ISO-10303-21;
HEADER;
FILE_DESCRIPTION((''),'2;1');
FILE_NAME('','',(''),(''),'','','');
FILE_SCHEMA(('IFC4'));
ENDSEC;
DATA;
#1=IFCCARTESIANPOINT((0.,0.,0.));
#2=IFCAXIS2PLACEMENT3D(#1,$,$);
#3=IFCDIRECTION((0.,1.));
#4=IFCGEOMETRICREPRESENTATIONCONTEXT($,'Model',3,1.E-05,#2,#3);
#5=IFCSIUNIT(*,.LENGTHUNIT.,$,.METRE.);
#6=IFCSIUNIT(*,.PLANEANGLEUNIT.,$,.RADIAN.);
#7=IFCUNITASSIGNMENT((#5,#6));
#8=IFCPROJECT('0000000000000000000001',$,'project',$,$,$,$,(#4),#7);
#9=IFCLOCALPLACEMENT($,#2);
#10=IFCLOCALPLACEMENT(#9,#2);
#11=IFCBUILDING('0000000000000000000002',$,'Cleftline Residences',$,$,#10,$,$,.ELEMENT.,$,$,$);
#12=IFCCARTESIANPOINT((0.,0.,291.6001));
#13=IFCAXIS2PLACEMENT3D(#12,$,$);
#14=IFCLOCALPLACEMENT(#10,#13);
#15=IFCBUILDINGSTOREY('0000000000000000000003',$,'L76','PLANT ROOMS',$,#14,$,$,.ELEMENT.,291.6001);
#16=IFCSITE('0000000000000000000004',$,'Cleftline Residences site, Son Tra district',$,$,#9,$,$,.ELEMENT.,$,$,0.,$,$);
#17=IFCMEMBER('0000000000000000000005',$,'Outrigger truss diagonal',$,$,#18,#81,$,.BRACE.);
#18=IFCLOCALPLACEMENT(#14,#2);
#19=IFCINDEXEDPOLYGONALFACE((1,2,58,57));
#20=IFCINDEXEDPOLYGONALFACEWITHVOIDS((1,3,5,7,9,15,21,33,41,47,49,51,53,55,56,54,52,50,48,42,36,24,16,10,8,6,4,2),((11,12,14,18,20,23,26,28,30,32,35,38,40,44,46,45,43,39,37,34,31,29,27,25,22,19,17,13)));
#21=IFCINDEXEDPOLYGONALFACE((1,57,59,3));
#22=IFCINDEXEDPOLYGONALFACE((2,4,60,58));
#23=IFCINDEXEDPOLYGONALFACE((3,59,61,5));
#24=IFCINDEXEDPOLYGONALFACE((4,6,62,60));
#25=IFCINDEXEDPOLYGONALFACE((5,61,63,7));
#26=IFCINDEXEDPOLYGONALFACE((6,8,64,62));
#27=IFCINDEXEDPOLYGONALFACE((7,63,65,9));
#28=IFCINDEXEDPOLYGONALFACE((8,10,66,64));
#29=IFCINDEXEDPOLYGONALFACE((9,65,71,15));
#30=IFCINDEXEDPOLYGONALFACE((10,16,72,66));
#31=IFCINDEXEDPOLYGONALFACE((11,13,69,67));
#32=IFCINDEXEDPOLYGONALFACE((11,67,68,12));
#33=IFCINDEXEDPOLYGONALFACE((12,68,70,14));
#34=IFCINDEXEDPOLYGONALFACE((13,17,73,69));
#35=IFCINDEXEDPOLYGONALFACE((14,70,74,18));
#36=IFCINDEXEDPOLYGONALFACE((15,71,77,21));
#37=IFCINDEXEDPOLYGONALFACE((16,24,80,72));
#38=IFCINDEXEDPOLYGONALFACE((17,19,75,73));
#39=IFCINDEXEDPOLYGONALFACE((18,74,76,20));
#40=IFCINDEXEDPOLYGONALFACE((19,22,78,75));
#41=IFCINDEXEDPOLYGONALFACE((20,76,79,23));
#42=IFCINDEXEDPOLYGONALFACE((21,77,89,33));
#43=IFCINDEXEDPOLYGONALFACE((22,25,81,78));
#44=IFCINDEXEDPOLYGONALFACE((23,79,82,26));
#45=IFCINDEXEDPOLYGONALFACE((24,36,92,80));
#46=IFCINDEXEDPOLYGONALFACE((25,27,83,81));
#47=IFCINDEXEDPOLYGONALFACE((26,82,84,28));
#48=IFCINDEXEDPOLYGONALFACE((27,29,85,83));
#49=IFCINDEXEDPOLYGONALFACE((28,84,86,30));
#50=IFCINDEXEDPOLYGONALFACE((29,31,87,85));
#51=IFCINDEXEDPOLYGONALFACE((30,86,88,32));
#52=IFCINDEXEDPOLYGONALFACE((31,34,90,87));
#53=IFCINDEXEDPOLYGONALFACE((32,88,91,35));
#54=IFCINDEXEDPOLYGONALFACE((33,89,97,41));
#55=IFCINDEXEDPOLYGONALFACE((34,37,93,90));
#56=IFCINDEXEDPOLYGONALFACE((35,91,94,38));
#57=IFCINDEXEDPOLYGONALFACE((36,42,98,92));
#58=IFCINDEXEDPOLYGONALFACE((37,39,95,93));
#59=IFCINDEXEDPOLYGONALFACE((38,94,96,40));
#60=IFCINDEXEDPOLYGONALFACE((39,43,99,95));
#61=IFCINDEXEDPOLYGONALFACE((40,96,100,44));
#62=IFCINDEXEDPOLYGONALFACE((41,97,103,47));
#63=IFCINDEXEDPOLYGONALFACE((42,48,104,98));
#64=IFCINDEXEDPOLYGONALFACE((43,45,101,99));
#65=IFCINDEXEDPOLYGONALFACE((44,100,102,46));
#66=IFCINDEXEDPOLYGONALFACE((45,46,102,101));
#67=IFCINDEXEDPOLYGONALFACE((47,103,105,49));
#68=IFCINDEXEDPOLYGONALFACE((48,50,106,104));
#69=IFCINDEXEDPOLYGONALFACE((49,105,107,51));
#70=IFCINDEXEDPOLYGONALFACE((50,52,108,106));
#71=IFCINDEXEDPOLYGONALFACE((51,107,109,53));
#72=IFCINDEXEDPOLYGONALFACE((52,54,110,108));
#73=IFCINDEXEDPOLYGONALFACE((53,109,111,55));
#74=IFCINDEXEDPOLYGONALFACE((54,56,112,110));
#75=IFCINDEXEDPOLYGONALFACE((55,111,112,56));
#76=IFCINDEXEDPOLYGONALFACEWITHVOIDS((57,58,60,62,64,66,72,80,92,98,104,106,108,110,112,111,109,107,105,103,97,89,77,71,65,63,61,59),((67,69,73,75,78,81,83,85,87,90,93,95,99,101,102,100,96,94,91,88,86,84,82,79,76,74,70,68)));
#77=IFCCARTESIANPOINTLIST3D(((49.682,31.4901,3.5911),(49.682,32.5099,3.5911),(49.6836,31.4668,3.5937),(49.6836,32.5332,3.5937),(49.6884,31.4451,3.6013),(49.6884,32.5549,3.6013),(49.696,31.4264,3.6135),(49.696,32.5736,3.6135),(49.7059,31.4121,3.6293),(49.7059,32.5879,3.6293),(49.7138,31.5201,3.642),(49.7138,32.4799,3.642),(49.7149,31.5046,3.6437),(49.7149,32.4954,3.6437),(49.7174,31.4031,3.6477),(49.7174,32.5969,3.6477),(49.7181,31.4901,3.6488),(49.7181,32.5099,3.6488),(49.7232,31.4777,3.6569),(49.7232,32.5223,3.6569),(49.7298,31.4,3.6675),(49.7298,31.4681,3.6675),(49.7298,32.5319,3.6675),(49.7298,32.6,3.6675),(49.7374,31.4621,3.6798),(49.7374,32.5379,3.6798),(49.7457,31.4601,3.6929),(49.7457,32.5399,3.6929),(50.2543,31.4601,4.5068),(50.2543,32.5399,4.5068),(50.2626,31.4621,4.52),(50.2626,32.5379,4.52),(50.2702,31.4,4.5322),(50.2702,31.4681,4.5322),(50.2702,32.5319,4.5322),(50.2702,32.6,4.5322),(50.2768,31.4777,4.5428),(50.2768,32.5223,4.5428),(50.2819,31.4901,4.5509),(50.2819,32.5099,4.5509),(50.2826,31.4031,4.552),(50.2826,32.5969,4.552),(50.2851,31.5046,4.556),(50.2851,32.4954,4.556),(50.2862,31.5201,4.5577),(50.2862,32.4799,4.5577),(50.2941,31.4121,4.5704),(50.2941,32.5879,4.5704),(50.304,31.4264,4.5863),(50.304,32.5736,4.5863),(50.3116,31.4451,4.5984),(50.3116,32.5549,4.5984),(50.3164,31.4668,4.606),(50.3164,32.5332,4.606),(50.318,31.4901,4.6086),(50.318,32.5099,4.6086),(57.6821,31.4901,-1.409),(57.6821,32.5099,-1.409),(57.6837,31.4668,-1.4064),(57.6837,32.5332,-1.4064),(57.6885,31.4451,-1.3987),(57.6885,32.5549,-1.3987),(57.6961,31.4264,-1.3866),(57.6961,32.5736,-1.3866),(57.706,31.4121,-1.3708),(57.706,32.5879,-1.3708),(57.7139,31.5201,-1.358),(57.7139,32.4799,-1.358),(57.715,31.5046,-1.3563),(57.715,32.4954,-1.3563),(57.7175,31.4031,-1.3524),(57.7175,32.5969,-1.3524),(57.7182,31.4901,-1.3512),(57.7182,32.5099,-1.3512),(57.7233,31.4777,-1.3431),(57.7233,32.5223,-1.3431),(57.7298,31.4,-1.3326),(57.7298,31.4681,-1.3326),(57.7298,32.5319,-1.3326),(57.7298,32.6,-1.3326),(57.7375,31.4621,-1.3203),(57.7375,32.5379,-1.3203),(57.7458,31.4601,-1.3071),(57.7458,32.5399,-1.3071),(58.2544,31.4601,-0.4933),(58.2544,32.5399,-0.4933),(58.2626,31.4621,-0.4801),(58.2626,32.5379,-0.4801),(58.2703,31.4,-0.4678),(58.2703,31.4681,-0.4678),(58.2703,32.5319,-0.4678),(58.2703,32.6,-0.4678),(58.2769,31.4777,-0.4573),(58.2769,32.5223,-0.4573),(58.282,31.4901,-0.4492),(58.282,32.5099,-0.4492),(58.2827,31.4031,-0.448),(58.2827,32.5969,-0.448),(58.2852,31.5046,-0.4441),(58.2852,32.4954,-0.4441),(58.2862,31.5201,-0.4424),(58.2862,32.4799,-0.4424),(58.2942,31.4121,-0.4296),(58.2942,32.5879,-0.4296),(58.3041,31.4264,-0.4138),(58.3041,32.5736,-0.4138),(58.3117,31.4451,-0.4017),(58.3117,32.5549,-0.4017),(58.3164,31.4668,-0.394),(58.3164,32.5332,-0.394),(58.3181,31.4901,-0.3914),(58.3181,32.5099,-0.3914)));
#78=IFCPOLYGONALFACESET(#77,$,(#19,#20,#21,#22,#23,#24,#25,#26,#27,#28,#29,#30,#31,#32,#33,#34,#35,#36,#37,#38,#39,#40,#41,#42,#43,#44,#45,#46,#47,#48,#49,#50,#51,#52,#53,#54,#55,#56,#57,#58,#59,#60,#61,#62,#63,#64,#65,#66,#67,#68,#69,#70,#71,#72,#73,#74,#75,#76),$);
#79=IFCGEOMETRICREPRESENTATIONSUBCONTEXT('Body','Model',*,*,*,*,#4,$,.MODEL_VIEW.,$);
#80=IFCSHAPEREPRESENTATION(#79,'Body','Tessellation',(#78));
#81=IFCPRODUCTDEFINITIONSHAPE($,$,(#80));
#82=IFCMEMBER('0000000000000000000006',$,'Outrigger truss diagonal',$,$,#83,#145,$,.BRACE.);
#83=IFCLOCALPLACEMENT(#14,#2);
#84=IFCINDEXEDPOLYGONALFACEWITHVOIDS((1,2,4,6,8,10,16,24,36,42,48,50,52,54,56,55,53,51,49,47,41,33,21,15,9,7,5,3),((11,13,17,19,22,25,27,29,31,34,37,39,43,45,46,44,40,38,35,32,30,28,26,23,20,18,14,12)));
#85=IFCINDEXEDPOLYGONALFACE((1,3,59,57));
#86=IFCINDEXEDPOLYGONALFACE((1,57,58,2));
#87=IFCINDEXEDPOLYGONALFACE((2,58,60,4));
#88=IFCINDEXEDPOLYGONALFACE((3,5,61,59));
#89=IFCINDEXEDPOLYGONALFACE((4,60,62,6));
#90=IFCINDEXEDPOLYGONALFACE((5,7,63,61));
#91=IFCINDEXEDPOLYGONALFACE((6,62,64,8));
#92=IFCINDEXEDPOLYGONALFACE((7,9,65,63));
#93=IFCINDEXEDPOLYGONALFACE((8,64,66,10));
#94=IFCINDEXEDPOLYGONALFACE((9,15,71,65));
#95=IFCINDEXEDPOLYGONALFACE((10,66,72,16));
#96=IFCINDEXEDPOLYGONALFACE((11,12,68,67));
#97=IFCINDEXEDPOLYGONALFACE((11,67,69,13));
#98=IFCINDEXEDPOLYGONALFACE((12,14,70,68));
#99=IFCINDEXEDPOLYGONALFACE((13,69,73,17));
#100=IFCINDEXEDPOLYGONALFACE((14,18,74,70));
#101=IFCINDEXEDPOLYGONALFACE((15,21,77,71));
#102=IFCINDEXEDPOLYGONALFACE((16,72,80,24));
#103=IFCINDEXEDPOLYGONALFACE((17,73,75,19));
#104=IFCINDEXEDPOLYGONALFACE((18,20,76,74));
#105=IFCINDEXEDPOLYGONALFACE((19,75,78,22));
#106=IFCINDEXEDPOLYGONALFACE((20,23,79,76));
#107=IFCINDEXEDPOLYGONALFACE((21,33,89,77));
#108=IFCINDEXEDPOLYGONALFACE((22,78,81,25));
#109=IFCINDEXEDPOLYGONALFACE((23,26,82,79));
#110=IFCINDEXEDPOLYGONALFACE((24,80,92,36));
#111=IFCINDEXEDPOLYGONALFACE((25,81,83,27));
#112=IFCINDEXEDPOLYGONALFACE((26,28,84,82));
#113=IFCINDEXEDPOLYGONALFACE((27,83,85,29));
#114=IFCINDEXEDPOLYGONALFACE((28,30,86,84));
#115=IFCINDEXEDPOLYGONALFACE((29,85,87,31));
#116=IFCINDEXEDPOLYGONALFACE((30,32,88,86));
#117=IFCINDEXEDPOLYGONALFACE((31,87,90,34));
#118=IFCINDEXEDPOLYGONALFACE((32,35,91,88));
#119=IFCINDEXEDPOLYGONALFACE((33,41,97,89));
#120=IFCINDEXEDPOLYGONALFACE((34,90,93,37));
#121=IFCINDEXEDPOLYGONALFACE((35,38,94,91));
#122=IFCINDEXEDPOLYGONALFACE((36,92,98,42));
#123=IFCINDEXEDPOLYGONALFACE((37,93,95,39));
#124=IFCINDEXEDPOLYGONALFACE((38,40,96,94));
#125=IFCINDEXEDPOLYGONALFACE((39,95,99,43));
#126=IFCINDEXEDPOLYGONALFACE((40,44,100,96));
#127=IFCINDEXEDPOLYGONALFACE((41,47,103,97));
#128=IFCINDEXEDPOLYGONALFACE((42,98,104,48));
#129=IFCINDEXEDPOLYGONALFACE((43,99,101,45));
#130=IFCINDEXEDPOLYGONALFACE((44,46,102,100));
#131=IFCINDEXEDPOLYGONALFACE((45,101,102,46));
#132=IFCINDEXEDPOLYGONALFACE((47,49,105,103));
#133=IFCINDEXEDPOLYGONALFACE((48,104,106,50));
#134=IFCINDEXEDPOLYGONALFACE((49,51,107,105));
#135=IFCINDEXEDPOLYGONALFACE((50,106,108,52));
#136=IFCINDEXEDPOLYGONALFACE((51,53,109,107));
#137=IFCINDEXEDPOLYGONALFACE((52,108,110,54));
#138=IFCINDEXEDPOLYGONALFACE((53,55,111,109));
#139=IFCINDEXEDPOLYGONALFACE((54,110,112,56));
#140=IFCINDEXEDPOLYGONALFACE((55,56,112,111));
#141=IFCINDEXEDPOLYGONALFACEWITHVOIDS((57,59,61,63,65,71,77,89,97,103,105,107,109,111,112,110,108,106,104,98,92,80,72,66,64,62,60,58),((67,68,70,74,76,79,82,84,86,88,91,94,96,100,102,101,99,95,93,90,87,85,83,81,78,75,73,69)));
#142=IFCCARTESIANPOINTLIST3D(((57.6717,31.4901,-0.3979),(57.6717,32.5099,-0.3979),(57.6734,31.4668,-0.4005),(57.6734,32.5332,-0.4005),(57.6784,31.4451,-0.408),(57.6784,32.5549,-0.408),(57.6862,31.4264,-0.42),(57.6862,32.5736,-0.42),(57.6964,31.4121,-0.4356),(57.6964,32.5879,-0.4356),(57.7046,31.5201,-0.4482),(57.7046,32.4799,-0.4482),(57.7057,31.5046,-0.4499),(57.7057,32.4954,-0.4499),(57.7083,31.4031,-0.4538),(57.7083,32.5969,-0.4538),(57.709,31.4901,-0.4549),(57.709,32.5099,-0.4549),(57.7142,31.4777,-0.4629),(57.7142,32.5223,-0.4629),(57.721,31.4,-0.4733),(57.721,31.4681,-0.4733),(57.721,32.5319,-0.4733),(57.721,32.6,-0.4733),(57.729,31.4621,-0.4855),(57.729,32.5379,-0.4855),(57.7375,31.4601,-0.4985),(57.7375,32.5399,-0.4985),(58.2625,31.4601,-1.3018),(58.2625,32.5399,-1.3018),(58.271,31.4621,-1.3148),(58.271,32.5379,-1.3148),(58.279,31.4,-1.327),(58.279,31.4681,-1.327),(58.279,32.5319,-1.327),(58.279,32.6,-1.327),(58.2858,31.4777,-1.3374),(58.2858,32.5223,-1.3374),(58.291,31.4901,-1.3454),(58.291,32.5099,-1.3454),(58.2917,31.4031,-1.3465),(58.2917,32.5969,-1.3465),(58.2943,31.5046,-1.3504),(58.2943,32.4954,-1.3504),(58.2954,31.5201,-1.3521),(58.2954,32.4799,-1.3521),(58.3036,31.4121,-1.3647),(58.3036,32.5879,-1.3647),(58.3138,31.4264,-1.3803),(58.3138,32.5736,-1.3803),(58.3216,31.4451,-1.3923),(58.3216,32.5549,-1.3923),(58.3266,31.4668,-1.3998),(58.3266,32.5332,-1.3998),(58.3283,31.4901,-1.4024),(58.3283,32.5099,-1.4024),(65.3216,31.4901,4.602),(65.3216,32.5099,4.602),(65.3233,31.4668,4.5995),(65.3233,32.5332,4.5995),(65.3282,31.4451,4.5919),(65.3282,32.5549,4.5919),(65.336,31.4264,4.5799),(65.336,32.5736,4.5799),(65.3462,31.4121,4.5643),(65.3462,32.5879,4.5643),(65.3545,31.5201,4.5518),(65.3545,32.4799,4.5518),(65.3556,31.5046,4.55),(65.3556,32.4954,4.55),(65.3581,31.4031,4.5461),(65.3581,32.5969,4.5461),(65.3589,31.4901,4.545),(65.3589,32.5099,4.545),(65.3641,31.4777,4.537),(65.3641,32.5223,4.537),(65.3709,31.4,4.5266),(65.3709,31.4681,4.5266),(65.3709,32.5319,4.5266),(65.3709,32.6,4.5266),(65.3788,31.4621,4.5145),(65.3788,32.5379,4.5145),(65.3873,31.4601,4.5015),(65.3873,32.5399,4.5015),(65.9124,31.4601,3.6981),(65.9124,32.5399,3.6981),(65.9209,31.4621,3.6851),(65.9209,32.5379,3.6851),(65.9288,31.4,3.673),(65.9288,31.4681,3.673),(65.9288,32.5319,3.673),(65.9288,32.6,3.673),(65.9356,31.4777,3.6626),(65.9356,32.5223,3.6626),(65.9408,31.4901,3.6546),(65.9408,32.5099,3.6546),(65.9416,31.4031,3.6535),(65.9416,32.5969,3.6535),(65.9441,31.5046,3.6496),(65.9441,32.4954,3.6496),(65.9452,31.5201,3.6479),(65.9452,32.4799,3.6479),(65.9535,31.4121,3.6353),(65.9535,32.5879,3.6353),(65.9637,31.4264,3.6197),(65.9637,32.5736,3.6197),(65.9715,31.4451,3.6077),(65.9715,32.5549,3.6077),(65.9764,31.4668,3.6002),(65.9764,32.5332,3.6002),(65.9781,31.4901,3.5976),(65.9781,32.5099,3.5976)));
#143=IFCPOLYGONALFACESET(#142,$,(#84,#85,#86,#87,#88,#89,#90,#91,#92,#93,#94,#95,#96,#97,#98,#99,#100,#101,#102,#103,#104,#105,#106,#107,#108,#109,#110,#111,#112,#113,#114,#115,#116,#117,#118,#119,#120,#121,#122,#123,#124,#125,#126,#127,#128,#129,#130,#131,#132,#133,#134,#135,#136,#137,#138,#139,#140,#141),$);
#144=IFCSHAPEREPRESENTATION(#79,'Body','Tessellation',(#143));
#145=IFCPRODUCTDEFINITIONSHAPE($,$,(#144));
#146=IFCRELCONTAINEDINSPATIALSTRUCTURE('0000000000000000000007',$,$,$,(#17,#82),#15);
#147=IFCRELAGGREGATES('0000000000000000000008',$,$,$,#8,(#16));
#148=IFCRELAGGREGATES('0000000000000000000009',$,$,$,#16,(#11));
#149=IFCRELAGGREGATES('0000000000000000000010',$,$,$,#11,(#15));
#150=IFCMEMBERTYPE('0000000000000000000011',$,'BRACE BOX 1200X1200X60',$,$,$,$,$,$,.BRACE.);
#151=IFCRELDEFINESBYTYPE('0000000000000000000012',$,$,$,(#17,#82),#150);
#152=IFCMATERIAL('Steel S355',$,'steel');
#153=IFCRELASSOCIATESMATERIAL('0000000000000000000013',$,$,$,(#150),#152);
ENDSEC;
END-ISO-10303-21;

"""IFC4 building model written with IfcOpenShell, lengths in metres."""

from ifc_helpers import new_model, si_unit, direction, frame, origin, origin_2d, place, context, subcontext, project, spatial, hollow_rectangle, extrude, material, material_profile, profile_set, type_object, element, save


model = new_model("IFC4")

# Units and contexts
model_context = context("Model", 3, precision=1e-05, world=origin(), true_north=direction((0.0, 1.0)))
body_context = subcontext(model_context, "Body", "Model", "MODEL_VIEW")
ifc_project = project(units=[si_unit("LENGTHUNIT", "METRE"), si_unit("PLANEANGLEUNIT", "RADIAN")], contexts=[model_context])

# Site, building, storey
site_placement = place(None, origin())
site = spatial("IfcSite", under=ifc_project, at=site_placement, Name="Cleftline Residences site, Son Tra district", CompositionType="ELEMENT", RefElevation=0.0)
building_placement = place(site_placement, origin())
building = spatial("IfcBuilding", under=site, at=building_placement, Name="Cleftline Residences", CompositionType="ELEMENT")
storey_placement = place(building_placement, frame((0.0, 0.0, 291.6001)))
storey = spatial("IfcBuildingStorey", under=building, at=storey_placement, Name="L76", Description="PLANT ROOMS", CompositionType="ELEMENT", Elevation=291.6001)

# Members
ifc_material_1 = material(Name="Steel S355", Category="steel")
ifc_material_profile_1 = material_profile(ifc_material_1, hollow_rectangle(XDim=1.2, YDim=1.2, WallThickness=0.0601, InnerFilletRadius=0.0601, OuterFilletRadius=0.0901, at=origin_2d()))
ifc_profile_set_1 = profile_set([ifc_material_profile_1], Name="Steel S355")
member_type_1 = type_object("IfcMemberType", Name="BRACE BOX 1200X1200X60", PredefinedType="BRACE", material=ifc_profile_set_1)
member_1_placement = place(storey_placement, frame((50.0, 32.0, 4.0999), z_axis=(0.847998, 0.0, -0.529999), x_axis=(0.529999, 0.0, 0.847998)))
element("IfcMember", 1, at=member_1_placement, inside=storey, type_object=member_type_1, Name="Outrigger truss diagonal", PredefinedType="BRACE", context=body_context, shape_type="SweptSolid", body=[
    extrude(hollow_rectangle(XDim=1.2, YDim=1.2, WallThickness=0.0601, InnerFilletRadius=0.0601, OuterFilletRadius=0.0901, at=origin_2d()), origin(), (0.0, 0.0, 1.0), 9.4341),
])
member_2_placement = place(storey_placement, frame((58.0, 32.0, -0.9001), z_axis=(0.837063, 0.0, 0.547107), x_axis=(-0.547107, 0.0, 0.837063)))
element("IfcMember", 2, at=member_2_placement, inside=storey, type_object=member_type_1, Name="Outrigger truss diagonal", PredefinedType="BRACE", context=body_context, shape_type="SweptSolid", body=[
    extrude(hollow_rectangle(XDim=1.2, YDim=1.2, WallThickness=0.0601, InnerFilletRadius=0.0601, OuterFilletRadius=0.0901, at=origin_2d()), origin(), (0.0, 0.0, 1.0), 9.1389),
])

save(model, "model.ifc")
